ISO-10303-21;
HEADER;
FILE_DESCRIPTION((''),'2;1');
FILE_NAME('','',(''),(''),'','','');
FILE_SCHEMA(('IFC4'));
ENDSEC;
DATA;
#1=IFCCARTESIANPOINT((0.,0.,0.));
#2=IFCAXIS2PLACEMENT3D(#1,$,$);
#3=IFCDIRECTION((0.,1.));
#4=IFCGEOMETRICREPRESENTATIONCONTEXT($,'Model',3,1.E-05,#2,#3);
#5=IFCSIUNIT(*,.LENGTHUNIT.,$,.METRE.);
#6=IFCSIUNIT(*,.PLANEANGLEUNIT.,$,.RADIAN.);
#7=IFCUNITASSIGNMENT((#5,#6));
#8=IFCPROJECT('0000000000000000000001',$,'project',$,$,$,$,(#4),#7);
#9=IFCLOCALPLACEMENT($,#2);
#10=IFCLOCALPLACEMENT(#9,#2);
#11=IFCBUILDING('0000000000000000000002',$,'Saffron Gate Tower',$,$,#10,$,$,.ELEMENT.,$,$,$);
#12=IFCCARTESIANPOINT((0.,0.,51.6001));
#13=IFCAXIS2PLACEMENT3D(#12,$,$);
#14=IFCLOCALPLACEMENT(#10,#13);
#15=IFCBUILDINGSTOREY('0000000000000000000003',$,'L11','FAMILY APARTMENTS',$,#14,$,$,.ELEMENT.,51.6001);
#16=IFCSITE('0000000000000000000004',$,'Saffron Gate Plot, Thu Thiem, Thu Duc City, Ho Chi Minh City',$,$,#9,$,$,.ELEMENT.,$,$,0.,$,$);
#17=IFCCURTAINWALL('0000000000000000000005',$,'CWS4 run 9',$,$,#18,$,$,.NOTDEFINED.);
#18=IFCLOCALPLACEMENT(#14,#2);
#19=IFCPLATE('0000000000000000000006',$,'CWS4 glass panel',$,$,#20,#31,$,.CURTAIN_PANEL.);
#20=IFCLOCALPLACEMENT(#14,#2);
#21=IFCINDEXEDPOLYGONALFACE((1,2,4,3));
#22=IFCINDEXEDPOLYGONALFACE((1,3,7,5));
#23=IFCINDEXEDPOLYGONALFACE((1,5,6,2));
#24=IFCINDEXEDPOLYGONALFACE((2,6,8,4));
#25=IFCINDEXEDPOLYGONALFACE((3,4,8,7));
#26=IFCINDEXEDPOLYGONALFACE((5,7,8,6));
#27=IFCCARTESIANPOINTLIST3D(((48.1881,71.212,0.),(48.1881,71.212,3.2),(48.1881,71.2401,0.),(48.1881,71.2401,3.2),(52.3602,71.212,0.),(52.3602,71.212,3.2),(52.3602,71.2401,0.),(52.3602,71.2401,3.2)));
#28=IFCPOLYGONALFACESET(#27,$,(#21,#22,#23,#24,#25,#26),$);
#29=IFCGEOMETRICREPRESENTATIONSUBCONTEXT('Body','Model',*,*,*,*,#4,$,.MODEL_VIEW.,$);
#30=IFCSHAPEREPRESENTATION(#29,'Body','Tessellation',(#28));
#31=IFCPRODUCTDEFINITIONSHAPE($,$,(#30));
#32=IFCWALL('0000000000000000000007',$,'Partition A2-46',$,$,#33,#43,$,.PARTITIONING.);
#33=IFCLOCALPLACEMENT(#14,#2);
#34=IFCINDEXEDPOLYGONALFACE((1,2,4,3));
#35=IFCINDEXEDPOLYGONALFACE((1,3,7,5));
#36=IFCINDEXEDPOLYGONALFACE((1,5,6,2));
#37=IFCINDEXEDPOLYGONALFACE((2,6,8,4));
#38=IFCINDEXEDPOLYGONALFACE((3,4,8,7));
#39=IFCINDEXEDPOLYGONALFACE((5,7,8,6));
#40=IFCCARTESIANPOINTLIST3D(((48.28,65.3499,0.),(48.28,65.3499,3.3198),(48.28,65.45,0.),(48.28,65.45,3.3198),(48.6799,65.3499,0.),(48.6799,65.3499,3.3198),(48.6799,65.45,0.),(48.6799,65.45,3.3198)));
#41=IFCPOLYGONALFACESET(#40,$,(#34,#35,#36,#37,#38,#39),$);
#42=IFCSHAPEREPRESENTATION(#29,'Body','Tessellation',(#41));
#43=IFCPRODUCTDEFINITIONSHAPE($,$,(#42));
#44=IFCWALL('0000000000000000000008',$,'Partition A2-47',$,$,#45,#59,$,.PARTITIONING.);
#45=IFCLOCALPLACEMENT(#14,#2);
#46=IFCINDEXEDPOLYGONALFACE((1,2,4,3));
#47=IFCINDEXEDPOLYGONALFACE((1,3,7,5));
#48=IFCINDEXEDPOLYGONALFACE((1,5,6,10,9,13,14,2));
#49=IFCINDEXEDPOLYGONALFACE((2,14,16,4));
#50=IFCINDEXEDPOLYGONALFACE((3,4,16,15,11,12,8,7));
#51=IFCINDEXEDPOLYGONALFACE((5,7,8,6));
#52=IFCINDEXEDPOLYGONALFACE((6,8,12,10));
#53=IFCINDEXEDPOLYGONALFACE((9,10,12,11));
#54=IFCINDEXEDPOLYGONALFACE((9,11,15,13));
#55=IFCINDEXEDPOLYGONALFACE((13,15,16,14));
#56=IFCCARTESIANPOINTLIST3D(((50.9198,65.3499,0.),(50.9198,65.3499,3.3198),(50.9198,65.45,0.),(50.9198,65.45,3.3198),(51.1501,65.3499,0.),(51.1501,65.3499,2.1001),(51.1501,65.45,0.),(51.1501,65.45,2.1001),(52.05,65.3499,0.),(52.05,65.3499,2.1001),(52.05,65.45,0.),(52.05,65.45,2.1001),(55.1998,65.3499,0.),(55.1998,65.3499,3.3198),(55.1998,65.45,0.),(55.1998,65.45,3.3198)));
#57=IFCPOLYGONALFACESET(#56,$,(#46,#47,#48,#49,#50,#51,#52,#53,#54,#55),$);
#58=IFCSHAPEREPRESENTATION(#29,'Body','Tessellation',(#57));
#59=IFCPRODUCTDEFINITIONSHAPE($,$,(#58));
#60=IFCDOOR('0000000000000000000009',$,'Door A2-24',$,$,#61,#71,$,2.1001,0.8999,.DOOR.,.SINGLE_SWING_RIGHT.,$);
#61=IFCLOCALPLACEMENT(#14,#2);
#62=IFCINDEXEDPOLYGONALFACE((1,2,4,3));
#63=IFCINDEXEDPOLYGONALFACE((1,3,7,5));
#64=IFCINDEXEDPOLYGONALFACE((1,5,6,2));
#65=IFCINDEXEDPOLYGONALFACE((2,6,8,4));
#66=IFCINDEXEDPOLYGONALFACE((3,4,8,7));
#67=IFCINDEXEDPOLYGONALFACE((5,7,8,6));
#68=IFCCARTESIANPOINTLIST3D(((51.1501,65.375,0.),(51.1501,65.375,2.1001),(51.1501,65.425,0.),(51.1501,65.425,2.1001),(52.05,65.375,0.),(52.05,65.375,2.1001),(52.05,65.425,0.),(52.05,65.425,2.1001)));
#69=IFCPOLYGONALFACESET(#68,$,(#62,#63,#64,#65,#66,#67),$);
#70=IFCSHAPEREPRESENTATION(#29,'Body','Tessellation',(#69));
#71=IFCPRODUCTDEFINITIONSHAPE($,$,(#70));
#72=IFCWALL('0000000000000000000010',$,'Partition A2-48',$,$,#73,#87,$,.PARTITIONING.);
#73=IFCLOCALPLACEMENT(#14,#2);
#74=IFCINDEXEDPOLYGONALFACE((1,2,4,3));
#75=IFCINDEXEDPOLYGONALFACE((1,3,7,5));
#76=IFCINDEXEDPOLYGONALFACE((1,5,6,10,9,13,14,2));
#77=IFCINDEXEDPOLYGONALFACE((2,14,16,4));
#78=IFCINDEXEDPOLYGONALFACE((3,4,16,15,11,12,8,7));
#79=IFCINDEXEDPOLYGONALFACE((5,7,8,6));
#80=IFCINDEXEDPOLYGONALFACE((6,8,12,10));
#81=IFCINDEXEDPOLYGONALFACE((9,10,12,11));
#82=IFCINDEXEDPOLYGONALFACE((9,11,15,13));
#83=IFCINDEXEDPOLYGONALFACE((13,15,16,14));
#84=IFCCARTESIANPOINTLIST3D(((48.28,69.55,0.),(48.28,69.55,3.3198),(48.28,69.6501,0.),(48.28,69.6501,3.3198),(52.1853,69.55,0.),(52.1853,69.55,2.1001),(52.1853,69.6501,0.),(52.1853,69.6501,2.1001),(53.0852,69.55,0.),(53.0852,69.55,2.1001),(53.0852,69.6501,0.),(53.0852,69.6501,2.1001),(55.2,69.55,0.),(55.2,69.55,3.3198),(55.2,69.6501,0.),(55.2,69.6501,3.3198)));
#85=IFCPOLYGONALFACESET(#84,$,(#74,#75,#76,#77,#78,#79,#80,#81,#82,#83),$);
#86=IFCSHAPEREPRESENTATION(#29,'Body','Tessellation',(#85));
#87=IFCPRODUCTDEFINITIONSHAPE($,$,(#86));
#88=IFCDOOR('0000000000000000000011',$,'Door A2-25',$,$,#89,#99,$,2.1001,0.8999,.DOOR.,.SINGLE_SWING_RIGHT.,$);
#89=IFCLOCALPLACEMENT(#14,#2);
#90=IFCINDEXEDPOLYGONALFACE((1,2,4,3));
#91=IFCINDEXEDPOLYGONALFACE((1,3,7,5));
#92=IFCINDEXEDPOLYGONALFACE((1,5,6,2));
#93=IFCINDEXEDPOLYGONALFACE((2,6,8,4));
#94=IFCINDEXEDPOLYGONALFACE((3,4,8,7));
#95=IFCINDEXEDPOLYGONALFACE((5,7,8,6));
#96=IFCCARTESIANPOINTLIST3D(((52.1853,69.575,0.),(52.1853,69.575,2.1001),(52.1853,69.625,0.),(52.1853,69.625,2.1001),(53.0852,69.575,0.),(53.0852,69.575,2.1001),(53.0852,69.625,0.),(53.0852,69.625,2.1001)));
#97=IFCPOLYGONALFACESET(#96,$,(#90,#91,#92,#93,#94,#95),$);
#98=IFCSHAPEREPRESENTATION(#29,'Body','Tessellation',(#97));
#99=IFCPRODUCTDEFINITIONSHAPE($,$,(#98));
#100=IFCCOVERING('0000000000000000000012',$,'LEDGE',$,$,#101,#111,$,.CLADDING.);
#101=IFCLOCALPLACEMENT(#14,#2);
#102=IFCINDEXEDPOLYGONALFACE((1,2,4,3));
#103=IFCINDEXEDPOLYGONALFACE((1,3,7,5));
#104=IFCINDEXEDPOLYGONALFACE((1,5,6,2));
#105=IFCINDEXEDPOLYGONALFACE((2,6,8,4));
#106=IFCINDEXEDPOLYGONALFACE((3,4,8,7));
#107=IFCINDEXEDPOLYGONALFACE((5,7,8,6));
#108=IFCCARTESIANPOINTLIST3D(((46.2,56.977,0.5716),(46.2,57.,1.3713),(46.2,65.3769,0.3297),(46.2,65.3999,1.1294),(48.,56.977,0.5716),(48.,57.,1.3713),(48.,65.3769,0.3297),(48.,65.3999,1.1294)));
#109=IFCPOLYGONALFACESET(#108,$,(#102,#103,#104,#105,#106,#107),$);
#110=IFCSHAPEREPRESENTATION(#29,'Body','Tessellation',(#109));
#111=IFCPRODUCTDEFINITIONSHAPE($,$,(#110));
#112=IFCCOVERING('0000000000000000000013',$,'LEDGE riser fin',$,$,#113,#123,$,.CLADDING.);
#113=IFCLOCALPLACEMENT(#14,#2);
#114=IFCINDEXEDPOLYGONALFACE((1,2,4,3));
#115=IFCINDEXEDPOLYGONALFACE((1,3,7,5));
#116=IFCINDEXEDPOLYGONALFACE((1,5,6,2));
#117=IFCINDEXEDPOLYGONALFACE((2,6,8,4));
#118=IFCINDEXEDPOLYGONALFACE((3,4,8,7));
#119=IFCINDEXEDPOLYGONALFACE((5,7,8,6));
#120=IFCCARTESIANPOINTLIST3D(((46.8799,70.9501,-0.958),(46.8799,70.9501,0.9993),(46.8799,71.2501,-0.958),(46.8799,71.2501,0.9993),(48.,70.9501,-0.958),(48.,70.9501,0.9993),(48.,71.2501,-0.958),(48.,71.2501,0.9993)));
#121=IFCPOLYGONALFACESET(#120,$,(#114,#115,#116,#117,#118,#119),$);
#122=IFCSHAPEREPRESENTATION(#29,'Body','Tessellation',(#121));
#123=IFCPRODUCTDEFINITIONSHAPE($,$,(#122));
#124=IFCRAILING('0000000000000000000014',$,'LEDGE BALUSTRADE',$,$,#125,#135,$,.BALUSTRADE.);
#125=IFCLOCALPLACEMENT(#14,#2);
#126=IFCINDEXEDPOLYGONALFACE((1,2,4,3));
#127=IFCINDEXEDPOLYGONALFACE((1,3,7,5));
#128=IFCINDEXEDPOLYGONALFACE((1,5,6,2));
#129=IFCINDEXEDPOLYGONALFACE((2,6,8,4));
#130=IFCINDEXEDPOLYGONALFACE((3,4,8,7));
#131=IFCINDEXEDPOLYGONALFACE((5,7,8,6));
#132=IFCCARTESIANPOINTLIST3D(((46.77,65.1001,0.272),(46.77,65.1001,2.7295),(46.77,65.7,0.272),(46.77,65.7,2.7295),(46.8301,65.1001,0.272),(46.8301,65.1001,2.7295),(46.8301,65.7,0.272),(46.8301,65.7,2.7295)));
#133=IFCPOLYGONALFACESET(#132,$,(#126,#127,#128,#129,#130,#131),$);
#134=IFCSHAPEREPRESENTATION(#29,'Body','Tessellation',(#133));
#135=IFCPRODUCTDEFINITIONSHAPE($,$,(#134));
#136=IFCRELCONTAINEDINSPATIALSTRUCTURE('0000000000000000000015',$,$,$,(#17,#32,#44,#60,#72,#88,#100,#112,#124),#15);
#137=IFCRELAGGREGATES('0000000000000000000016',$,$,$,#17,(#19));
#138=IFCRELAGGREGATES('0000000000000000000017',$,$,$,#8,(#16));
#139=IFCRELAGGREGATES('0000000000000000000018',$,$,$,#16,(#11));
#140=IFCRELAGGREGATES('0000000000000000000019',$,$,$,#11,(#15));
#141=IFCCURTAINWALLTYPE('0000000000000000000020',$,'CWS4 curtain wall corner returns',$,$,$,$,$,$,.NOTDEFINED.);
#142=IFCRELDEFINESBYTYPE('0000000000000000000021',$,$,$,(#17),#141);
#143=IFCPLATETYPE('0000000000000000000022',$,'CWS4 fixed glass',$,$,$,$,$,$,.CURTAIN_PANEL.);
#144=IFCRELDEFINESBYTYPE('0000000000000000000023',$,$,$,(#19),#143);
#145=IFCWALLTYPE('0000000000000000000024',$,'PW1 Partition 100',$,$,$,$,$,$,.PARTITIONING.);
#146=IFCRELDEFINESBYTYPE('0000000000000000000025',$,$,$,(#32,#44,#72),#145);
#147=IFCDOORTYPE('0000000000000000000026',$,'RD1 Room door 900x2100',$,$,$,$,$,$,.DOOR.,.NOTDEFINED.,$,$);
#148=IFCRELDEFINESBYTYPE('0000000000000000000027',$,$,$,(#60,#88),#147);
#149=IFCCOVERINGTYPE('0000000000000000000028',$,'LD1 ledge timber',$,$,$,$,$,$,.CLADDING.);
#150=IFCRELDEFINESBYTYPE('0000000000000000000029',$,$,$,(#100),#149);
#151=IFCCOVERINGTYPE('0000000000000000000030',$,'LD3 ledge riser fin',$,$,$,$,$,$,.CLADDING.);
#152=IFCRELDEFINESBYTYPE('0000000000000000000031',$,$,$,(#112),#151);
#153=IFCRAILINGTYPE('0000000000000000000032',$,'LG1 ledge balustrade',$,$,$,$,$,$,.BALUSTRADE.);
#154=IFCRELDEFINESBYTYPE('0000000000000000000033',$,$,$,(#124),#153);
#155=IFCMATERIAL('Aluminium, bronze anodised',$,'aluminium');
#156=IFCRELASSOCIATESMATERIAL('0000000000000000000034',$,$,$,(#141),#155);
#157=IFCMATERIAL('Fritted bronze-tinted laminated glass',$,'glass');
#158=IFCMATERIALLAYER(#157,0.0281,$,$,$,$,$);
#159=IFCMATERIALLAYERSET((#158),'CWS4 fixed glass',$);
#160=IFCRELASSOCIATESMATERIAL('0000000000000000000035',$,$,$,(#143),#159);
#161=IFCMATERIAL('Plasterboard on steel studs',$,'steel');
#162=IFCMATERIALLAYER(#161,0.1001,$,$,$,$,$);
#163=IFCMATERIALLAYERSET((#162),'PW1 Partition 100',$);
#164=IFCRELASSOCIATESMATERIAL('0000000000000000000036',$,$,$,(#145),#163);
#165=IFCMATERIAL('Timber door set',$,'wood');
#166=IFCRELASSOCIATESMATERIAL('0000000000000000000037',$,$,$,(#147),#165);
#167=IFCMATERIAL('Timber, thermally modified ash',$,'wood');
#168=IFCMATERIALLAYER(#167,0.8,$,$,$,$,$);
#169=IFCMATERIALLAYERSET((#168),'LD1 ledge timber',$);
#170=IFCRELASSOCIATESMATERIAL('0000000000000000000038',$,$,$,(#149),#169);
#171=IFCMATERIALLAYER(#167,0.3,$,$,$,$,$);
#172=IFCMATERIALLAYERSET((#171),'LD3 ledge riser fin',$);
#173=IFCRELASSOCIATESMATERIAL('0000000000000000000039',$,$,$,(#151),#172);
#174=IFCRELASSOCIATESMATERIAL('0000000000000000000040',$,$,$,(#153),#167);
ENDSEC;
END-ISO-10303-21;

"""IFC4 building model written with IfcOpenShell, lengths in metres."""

from ifc_helpers import new_model, si_unit, direction, frame, frame_2d, origin, origin_2d, place, context, subcontext, project, spatial, polyline, rectangle, outline, extrude, material, layer, layer_set, type_object, element, fill, aggregate, save


model = new_model("IFC4")

# Units and contexts
model_context = context("Model", 3, precision=1e-05, world=origin(), true_north=direction((0.0, 1.0)))
body_context = subcontext(model_context, "Body", "Model", "MODEL_VIEW")
ifc_project = project(units=[si_unit("LENGTHUNIT", "METRE"), si_unit("PLANEANGLEUNIT", "RADIAN")], contexts=[model_context])

# Site, building, storey
site_placement = place(None, origin())
site = spatial("IfcSite", under=ifc_project, at=site_placement, Name="Saffron Gate Plot, Thu Thiem, Thu Duc City, Ho Chi Minh City", CompositionType="ELEMENT", RefElevation=0.0)
building_placement = place(site_placement, origin())
building = spatial("IfcBuilding", under=site, at=building_placement, Name="Saffron Gate Tower", CompositionType="ELEMENT")
storey_placement = place(building_placement, frame((0.0, 0.0, 51.6001)))
storey = spatial("IfcBuildingStorey", under=building, at=storey_placement, Name="L11", Description="FAMILY APARTMENTS", CompositionType="ELEMENT", Elevation=51.6001)

# Shared definitions
ifc_material_1 = material(Name="Aluminium, bronze anodised", Category="aluminium")

# Curtain wall
curtain_wall_type_1 = type_object("IfcCurtainWallType", Name="CWS4 curtain wall corner returns", PredefinedType="NOTDEFINED", material=ifc_material_1)
curtain_wall_1_placement = place(storey_placement, origin())
curtain_wall_1 = element("IfcCurtainWall", 1, at=curtain_wall_1_placement, inside=storey, type_object=curtain_wall_type_1, Name="CWS4 run 9", PredefinedType="NOTDEFINED")

# Shared definitions
ifc_material_2 = material(Name="Fritted bronze-tinted laminated glass", Category="glass")

# Plate
ifc_layer_1 = layer(ifc_material_2, 0.0281)
ifc_layer_set_1 = layer_set([ifc_layer_1], Name="CWS4 fixed glass")
plate_type_1 = type_object("IfcPlateType", Name="CWS4 fixed glass", PredefinedType="CURTAIN_PANEL", material=ifc_layer_set_1)
plate_1_placement = place(storey_placement, frame((52.3601, 71.2261, 0.0), z_axis=(0.0, 0.0, 1.0), x_axis=(-1.0, 0.0, 0.0)))
plate_1 = element("IfcPlate", 2, at=plate_1_placement, type_object=plate_type_1, Name="CWS4 glass panel", PredefinedType="CURTAIN_PANEL", context=body_context, shape_type="SweptSolid", body=[
    extrude(rectangle(XDim=4.1721, YDim=0.0281, at=frame_2d((2.0859, 0.0))), origin(), (0.0, 0.0, 1.0), 3.2),
])
aggregate(curtain_wall_1, [plate_1])

# Wall
ifc_material_3 = material(Name="Plasterboard on steel studs", Category="steel")
ifc_layer_2 = layer(ifc_material_3, 0.1001)
ifc_layer_set_2 = layer_set([ifc_layer_2], Name="PW1 Partition 100")
wall_type = type_object("IfcWallType", Name="PW1 Partition 100", PredefinedType="PARTITIONING", material=ifc_layer_set_2)
wall_1_placement = place(storey_placement, frame((48.28, 65.3999, 0.0), z_axis=(0.0, 0.0, 1.0), x_axis=(1.0, 0.0, 0.0)))
element("IfcWall", 3, at=wall_1_placement, inside=storey, type_object=wall_type, Name="Partition A2-46", PredefinedType="PARTITIONING", context=body_context, shape_type="SweptSolid", body=[
    extrude(rectangle(XDim=0.3999, YDim=0.1001, at=frame_2d((0.2, 0.0))), origin(), (0.0, 0.0, 1.0), 3.3198),
])

# Walls, openings, doors
wall_2_placement = place(storey_placement, frame((55.2, 65.3999, 0.0), z_axis=(0.0, 0.0, 1.0), x_axis=(-1.0, 0.0, 0.0)))
wall_2 = element("IfcWall", 4, at=wall_2_placement, inside=storey, type_object=wall_type, Name="Partition A2-47", PredefinedType="PARTITIONING", context=body_context, shape_type="SweptSolid", body=[
    extrude(rectangle(XDim=4.28, YDim=0.1001, at=frame_2d((2.1401, 0.0))), origin(), (0.0, 0.0, 1.0), 3.3198),
])
opening_1_placement = place(wall_2_placement, frame((3.1499, 0.0, 0.0)))
opening_1 = element("IfcOpeningElement", 5, at=opening_1_placement, cuts=wall_2, PredefinedType="OPENING", context=body_context, shape_type="SweptSolid", body=[
    extrude(rectangle(XDim=0.8999, YDim=2.1001, at=frame_2d((0.45, 1.05))), frame((0.0, 0.0601, 0.0), z_axis=(0.0, -1.0, 0.0), x_axis=(1.0, 0.0, 0.0)), (0.0, 0.0, 1.0), 0.1201),
])
ifc_material_4 = material(Name="Timber door set", Category="wood")
door_type = type_object("IfcDoorType", Name="RD1 Room door 900x2100", OperationType="NOTDEFINED", PredefinedType="DOOR", material=ifc_material_4)
door_1_placement = place(opening_1_placement, origin())
door_1 = element("IfcDoor", 6, at=door_1_placement, inside=storey, type_object=door_type, Name="Door A2-24", OperationType="SINGLE_SWING_RIGHT", OverallHeight=2.1001, OverallWidth=0.8999, PredefinedType="DOOR", context=body_context, shape_type="SweptSolid", body=[
    extrude(rectangle(XDim=0.8999, YDim=2.1001, at=frame_2d((0.45, 1.05))), frame((0.0, 0.0249, 0.0), z_axis=(0.0, -1.0, 0.0), x_axis=(1.0, 0.0, 0.0)), (0.0, 0.0, 1.0), 0.05),
])
fill(opening_1, door_1)
wall_3_placement = place(storey_placement, frame((48.28, 69.6001, 0.0), z_axis=(0.0, 0.0, 1.0), x_axis=(1.0, 0.0, 0.0)))
wall_3 = element("IfcWall", 7, at=wall_3_placement, inside=storey, type_object=wall_type, Name="Partition A2-48", PredefinedType="PARTITIONING", context=body_context, shape_type="SweptSolid", body=[
    extrude(rectangle(XDim=6.9199, YDim=0.1001, at=frame_2d((3.46, 0.0))), origin(), (0.0, 0.0, 1.0), 3.3198),
])
opening_2_placement = place(wall_3_placement, frame((3.9053, 0.0, 0.0)))
opening_2 = element("IfcOpeningElement", 8, at=opening_2_placement, cuts=wall_3, PredefinedType="OPENING", context=body_context, shape_type="SweptSolid", body=[
    extrude(rectangle(XDim=0.8999, YDim=2.1001, at=frame_2d((0.45, 1.05))), frame((0.0, 0.0601, 0.0), z_axis=(0.0, -1.0, 0.0), x_axis=(1.0, 0.0, 0.0)), (0.0, 0.0, 1.0), 0.1201),
])
door_2_placement = place(opening_2_placement, origin())
door_2 = element("IfcDoor", 9, at=door_2_placement, inside=storey, type_object=door_type, Name="Door A2-25", OperationType="SINGLE_SWING_RIGHT", OverallHeight=2.1001, OverallWidth=0.8999, PredefinedType="DOOR", context=body_context, shape_type="SweptSolid", body=[
    extrude(rectangle(XDim=0.8999, YDim=2.1001, at=frame_2d((0.45, 1.05))), frame((0.0, 0.0249, 0.0), z_axis=(0.0, -1.0, 0.0), x_axis=(1.0, 0.0, 0.0)), (0.0, 0.0, 1.0), 0.05),
])
fill(opening_2, door_2)

# Coverings
ifc_material_5 = material(Name="Timber, thermally modified ash", Category="wood")
ifc_layer_3 = layer(ifc_material_5, 0.8)
ifc_layer_set_3 = layer_set([ifc_layer_3], Name="LD1 ledge timber")
covering_type_1 = type_object("IfcCoveringType", Name="LD1 ledge timber", PredefinedType="CLADDING", material=ifc_layer_set_3)
covering_1_placement = place(storey_placement, frame((48.0, 65.3999, 1.1294), z_axis=(0.0, 0.028791, 0.999585), x_axis=(0.0, -0.999585, 0.028791)))
element("IfcCovering", 10, at=covering_1_placement, inside=storey, type_object=covering_type_1, Name="LEDGE", PredefinedType="CLADDING", context=body_context, shape_type="SweptSolid", body=[
    extrude(outline(polyline([(0.0, 0.0), (8.4034, 0.0), (8.4034, -1.8), (0.0, -1.8), (0.0, 0.0)])), origin(), (0.0, 0.0, -1.0), 0.8),
])
ifc_layer_4 = layer(ifc_material_5, 0.3)
ifc_layer_set_4 = layer_set([ifc_layer_4], Name="LD3 ledge riser fin")
covering_type_2 = type_object("IfcCoveringType", Name="LD3 ledge riser fin", PredefinedType="CLADDING", material=ifc_layer_set_4)
covering_2_placement = place(storey_placement, frame((47.4399, 71.1001, -0.958), z_axis=(0.0, 0.0, 1.0), x_axis=(0.0, -1.0, 0.0)))
element("IfcCovering", 11, at=covering_2_placement, inside=storey, type_object=covering_type_2, Name="LEDGE riser fin", PredefinedType="CLADDING", context=body_context, shape_type="SweptSolid", body=[
    extrude(rectangle(XDim=0.3, YDim=1.1201, at=origin_2d()), origin(), (0.0, 0.0, 1.0), 1.9573),
])

# Railing
railing_type = type_object("IfcRailingType", Name="LG1 ledge balustrade", PredefinedType="BALUSTRADE", material=ifc_material_5)
railing_placement = place(storey_placement, frame((46.8, 65.7, 0.272)))
element("IfcRailing", 12, at=railing_placement, inside=storey, type_object=railing_type, Name="LEDGE BALUSTRADE", PredefinedType="BALUSTRADE", context=body_context, shape_type="SweptSolid", body=[
    extrude(rectangle(XDim=0.0601, YDim=2.4575, at=origin_2d()), frame((0.0, 0.0, 1.2288), z_axis=(0.0, -1.0, 0.0), x_axis=(1.0, 0.0, 0.0)), (0.0, 0.0, 1.0), 0.5999),
])

save(model, "model.ifc")
